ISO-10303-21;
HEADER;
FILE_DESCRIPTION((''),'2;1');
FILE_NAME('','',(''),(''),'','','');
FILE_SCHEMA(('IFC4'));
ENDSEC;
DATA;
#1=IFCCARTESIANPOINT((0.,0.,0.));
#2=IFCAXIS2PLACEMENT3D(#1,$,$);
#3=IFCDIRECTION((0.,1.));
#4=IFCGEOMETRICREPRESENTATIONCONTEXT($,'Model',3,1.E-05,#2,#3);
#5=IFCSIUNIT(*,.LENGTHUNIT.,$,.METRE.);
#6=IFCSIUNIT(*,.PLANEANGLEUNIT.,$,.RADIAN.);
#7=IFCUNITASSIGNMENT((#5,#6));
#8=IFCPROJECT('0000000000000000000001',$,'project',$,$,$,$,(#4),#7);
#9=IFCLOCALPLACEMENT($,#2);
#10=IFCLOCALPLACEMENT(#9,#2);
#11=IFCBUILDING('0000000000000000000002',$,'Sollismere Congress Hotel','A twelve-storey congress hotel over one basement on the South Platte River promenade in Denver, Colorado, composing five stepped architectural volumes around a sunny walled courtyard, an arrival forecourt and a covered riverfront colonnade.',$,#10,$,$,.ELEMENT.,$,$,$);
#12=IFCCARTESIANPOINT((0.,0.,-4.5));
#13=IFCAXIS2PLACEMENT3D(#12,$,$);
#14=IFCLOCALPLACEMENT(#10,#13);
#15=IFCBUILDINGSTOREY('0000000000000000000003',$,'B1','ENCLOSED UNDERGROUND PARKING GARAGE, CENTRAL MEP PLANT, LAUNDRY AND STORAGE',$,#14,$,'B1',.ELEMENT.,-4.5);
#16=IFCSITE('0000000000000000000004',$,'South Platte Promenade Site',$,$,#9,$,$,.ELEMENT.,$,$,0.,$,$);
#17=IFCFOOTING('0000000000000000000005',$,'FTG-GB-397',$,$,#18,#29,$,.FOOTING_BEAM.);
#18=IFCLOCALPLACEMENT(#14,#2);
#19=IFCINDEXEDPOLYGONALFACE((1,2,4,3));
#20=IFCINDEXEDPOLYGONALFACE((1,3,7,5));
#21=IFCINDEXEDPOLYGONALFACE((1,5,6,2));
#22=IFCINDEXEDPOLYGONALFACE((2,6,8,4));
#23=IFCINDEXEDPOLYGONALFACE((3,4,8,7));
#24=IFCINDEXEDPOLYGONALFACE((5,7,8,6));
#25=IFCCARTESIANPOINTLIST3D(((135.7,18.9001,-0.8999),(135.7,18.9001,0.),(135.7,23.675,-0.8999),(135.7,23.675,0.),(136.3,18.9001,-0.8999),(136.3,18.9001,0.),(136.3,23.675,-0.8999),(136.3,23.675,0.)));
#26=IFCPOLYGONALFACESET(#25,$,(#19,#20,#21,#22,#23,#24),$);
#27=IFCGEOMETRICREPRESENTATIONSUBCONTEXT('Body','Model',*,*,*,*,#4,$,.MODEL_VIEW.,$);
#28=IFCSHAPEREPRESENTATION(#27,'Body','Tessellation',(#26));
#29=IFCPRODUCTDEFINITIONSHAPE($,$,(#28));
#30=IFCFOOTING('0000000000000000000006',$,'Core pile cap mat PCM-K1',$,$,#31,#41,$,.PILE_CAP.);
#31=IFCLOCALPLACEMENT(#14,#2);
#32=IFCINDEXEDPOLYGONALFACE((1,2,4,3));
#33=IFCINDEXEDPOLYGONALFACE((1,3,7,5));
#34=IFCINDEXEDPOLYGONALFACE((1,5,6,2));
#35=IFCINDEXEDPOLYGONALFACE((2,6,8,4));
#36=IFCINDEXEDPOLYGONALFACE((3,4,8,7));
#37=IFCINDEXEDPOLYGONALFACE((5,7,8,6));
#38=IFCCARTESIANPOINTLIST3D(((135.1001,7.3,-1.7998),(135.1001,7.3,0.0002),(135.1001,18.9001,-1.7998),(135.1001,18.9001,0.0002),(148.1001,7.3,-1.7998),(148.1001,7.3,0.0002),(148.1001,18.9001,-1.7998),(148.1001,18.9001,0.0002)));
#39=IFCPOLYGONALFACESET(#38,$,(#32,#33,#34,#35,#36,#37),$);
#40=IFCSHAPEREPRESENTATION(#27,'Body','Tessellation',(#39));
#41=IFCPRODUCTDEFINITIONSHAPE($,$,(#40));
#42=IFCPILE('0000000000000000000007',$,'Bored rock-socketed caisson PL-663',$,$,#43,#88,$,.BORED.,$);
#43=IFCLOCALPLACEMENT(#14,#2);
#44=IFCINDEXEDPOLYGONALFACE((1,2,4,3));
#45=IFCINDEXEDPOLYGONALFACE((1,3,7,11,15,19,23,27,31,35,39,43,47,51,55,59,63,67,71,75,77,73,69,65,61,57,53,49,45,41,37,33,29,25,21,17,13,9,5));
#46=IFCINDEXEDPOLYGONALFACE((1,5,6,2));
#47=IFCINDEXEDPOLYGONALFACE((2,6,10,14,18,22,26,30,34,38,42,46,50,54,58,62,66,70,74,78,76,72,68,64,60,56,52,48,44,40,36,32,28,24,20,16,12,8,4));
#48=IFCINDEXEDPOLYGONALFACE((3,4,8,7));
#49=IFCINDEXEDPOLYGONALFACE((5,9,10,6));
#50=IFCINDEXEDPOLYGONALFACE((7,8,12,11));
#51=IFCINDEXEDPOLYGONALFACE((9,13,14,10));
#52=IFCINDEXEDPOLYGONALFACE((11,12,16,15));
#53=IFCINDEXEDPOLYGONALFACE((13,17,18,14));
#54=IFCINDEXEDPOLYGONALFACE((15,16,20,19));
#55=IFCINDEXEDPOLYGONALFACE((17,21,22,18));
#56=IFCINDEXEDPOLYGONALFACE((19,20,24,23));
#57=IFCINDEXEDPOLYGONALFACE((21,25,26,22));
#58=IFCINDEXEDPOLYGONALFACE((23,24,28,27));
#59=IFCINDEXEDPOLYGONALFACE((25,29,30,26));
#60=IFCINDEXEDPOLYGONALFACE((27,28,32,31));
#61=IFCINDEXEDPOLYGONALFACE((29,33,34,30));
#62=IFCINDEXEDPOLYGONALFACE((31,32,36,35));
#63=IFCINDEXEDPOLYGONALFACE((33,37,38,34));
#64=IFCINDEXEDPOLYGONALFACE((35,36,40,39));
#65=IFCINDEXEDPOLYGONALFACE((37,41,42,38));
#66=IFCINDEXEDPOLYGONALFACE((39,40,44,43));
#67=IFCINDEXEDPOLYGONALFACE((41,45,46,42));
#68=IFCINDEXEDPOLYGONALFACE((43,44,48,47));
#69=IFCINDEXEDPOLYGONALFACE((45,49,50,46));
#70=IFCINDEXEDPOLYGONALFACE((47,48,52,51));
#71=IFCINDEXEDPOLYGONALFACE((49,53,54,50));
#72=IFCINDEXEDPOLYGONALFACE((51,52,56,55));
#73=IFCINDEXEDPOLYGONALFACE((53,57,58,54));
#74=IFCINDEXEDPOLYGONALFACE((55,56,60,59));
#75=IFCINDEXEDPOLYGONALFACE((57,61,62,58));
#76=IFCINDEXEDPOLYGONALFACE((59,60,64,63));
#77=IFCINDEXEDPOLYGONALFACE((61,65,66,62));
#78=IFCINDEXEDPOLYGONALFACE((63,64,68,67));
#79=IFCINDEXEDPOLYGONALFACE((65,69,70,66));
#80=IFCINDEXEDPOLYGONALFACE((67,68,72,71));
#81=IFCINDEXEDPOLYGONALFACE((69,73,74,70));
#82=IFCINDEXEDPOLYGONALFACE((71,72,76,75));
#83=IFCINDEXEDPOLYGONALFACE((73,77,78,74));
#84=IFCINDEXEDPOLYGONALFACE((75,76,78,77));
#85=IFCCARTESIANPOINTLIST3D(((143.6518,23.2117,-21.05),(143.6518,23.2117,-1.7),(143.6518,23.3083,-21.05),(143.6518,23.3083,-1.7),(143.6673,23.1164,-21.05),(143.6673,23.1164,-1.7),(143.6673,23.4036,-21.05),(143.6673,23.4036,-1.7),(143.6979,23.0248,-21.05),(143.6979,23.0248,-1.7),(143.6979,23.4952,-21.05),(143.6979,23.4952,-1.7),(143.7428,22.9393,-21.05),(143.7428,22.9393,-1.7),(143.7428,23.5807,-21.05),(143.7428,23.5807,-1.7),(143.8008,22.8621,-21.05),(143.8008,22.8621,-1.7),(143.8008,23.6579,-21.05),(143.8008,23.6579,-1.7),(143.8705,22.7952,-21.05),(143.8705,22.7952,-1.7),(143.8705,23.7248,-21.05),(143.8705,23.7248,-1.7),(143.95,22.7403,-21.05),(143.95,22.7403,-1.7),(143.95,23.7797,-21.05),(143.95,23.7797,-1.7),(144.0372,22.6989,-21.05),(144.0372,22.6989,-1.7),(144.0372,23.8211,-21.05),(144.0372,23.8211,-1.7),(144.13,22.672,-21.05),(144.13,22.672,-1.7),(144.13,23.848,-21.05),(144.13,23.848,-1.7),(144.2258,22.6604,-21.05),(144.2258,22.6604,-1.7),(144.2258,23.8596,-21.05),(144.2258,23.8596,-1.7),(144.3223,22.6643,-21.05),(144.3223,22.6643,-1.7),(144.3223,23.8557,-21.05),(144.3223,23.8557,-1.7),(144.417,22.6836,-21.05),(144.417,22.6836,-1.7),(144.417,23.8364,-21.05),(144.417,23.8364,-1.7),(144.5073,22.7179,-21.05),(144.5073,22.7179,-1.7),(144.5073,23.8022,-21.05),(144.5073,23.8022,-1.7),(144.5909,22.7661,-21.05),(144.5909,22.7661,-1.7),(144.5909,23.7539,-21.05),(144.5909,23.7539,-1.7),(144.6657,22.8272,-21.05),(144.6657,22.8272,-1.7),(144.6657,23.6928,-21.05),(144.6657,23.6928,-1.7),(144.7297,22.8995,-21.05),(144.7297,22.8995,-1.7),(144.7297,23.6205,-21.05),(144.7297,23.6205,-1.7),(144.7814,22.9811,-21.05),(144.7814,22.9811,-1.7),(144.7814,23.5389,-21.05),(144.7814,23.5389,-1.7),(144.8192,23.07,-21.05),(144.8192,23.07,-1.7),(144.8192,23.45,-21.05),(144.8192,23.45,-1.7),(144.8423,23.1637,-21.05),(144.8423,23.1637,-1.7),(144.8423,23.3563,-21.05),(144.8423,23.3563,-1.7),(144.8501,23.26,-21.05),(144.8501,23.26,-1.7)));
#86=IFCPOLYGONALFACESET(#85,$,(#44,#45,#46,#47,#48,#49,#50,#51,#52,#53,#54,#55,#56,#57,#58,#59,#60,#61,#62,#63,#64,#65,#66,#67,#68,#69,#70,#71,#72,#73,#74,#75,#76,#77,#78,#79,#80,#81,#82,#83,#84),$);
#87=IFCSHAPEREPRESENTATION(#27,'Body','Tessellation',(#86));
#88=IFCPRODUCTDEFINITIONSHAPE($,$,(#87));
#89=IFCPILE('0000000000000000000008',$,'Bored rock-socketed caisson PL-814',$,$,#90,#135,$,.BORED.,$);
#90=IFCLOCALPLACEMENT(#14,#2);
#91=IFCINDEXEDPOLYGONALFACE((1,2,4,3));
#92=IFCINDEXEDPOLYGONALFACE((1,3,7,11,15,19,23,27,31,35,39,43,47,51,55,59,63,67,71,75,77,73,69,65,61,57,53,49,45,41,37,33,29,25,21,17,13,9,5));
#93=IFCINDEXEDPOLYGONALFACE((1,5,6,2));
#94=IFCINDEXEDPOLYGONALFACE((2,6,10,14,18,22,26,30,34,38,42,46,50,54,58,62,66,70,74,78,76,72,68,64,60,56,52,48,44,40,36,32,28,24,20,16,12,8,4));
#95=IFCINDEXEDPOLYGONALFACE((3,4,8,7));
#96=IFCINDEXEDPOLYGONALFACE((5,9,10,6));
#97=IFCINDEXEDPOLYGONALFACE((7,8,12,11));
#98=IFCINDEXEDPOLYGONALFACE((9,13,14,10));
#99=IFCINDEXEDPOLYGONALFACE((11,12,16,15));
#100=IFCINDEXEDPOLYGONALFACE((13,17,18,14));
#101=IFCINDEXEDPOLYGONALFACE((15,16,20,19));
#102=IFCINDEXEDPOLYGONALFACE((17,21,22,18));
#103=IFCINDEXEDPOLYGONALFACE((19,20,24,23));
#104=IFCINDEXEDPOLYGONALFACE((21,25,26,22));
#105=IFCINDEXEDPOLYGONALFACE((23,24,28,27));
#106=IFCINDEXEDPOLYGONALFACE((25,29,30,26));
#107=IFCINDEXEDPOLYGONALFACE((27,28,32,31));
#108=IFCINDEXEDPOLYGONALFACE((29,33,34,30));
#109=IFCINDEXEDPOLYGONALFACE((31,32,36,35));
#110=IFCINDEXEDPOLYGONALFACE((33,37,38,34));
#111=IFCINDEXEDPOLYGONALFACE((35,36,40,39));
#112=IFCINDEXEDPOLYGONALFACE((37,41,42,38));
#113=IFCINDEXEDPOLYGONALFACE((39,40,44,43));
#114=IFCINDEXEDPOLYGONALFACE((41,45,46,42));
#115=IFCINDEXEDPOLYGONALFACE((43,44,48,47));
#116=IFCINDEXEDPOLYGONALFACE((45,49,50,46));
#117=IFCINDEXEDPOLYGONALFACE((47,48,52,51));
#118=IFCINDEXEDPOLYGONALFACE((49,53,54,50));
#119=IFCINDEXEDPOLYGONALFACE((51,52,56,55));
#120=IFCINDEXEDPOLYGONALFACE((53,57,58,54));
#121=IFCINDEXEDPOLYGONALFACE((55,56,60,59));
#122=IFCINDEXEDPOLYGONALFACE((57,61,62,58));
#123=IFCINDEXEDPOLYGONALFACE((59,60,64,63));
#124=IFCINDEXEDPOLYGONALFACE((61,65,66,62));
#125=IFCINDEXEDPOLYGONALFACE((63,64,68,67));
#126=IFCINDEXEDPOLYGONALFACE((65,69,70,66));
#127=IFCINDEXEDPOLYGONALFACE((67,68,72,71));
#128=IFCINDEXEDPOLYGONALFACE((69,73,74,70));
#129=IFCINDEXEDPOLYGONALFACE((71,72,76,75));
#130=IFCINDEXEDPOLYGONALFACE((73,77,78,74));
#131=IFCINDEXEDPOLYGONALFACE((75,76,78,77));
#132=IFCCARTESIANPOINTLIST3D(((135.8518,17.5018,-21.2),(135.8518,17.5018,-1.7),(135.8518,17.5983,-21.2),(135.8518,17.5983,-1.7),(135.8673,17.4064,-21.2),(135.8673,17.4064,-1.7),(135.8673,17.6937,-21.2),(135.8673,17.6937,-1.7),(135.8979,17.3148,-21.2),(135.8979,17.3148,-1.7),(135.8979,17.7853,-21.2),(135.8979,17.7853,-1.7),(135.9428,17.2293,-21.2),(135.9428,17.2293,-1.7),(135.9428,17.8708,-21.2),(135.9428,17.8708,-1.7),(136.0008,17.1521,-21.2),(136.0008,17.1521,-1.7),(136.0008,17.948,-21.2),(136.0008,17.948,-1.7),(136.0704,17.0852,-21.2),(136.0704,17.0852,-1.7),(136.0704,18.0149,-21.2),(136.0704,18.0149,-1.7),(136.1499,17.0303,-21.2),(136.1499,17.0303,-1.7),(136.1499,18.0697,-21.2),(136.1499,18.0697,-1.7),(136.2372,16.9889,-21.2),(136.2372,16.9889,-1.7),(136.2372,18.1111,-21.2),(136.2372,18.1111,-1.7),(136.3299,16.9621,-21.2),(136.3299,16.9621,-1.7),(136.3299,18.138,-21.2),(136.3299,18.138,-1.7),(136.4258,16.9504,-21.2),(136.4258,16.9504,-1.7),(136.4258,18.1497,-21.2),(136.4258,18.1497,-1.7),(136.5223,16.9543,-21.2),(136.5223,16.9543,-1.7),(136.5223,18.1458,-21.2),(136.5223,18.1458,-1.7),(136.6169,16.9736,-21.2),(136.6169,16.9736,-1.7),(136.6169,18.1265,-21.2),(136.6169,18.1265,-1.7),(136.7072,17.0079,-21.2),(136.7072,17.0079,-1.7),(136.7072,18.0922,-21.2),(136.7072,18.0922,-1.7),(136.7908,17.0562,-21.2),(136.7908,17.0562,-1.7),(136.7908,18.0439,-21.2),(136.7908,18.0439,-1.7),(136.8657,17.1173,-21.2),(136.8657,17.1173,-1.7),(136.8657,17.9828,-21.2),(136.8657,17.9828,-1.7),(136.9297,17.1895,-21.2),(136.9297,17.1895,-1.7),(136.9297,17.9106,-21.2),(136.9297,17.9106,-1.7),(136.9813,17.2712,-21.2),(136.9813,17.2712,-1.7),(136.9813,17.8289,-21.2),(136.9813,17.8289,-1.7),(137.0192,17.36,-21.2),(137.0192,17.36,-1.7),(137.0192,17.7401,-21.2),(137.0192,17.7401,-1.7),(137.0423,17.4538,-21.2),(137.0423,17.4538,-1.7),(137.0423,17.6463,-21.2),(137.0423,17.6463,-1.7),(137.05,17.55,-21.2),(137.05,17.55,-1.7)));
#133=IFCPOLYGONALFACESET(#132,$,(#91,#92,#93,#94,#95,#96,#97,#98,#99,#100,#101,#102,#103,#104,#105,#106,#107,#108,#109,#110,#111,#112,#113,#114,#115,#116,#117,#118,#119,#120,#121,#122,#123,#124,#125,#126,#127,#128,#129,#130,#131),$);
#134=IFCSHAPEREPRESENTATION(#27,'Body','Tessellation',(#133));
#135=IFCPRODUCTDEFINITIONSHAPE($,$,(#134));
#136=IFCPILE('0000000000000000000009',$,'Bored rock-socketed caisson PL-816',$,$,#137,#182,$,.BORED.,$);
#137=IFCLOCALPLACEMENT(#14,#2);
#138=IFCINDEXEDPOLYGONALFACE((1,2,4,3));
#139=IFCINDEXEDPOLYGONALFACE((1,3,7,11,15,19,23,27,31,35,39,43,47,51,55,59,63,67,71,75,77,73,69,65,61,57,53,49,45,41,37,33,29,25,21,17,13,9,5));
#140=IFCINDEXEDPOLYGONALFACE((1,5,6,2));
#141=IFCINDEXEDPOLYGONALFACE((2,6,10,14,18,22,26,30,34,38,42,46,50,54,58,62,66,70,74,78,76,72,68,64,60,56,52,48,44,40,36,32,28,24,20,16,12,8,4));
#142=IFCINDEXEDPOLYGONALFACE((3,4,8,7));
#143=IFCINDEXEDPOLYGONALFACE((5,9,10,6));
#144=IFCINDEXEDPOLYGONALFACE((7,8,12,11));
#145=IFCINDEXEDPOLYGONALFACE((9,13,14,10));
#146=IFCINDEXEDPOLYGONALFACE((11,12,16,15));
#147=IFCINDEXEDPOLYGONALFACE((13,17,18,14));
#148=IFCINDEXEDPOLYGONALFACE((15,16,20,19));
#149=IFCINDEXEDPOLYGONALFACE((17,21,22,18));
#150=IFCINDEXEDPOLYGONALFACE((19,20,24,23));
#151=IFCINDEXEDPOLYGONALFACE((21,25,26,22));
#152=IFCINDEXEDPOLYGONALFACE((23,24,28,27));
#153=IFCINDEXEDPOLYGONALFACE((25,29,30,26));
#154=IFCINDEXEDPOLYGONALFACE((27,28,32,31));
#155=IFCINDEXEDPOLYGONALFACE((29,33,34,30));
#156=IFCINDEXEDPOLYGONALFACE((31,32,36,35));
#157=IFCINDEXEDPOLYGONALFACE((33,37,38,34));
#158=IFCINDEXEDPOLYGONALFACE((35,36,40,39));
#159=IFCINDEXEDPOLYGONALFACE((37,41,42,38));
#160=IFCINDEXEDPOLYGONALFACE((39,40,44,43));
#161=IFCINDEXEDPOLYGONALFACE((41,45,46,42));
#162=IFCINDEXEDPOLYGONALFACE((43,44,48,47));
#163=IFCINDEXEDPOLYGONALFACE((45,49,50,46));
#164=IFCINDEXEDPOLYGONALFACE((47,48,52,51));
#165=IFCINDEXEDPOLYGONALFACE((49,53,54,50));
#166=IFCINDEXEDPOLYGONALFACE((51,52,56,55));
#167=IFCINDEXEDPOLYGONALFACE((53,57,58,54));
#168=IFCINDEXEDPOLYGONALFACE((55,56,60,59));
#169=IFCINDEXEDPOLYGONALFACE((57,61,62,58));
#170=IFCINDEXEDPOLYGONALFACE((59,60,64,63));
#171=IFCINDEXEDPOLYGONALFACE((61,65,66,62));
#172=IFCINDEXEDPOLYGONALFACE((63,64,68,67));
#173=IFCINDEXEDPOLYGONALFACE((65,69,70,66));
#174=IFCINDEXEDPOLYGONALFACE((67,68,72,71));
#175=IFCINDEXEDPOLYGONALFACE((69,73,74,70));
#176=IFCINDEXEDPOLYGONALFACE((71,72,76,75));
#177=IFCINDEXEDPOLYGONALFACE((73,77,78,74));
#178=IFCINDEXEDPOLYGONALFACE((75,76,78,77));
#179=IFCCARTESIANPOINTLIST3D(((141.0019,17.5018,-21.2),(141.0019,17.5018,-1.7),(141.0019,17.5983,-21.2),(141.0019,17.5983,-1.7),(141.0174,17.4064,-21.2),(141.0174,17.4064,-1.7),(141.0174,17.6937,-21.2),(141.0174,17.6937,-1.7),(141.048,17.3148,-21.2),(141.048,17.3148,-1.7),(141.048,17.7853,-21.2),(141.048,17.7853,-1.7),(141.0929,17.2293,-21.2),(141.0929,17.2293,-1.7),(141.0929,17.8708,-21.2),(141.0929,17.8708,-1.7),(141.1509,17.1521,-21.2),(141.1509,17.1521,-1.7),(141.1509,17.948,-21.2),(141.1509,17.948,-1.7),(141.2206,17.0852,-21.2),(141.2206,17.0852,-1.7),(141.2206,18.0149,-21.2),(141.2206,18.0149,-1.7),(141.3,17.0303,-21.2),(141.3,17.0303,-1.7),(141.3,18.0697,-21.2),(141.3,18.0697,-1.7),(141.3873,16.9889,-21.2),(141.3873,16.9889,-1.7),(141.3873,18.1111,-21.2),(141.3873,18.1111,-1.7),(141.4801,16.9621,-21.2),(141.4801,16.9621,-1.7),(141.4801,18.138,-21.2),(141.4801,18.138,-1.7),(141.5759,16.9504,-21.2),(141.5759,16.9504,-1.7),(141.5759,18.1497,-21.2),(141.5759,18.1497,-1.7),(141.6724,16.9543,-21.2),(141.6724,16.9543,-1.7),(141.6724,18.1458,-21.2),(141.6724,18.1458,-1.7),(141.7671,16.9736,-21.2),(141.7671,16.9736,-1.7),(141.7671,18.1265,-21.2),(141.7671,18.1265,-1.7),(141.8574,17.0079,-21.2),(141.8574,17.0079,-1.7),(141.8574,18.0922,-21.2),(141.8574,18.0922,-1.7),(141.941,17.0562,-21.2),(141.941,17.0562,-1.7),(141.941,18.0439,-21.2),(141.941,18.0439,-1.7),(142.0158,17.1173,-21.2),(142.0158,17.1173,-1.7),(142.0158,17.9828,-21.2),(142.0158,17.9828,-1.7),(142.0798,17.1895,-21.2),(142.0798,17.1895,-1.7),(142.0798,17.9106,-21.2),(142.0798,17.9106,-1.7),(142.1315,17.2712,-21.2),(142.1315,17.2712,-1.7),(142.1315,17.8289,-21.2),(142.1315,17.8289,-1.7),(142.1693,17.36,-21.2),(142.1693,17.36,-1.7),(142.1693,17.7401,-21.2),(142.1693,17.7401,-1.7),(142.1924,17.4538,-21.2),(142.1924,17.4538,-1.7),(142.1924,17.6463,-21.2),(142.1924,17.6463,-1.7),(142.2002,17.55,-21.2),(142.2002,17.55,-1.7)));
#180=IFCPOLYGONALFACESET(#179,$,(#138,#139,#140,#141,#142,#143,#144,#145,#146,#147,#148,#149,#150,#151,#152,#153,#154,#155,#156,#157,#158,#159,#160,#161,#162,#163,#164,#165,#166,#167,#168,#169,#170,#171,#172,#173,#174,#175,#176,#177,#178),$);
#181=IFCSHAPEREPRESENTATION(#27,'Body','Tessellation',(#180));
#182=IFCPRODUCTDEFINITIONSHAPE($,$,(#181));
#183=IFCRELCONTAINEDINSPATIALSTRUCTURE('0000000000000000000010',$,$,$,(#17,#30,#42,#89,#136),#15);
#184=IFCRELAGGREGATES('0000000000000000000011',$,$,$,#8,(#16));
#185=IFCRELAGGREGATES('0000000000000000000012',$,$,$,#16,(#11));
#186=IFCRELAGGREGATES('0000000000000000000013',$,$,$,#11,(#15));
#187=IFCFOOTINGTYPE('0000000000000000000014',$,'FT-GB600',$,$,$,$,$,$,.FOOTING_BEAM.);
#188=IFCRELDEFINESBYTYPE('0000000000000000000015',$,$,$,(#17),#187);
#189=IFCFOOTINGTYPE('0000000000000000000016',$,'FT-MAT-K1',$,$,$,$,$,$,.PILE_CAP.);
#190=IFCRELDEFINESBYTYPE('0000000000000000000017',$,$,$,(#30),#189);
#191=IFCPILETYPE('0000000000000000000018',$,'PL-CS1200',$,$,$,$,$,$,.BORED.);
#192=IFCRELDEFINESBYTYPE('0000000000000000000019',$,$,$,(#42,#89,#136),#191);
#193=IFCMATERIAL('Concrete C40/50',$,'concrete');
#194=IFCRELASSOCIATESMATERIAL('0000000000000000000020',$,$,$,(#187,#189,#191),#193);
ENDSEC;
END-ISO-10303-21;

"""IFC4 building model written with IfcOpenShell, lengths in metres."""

from ifc_helpers import new_model, si_unit, direction, frame, origin, origin_2d, place, context, subcontext, project, spatial, rectangle, circle, extrude, material, material_profile, profile_set, type_object, element, save


model = new_model("IFC4")

# Units and contexts
model_context = context("Model", 3, precision=1e-05, world=origin(), true_north=direction((0.0, 1.0)))
body_context = subcontext(model_context, "Body", "Model", "MODEL_VIEW")
ifc_project = project(units=[si_unit("LENGTHUNIT", "METRE"), si_unit("PLANEANGLEUNIT", "RADIAN")], contexts=[model_context])

# Site, building, storey
site_placement = place(None, origin())
site = spatial("IfcSite", under=ifc_project, at=site_placement, Name="South Platte Promenade Site", CompositionType="ELEMENT", RefElevation=0.0)
building_placement = place(site_placement, origin())
building = spatial("IfcBuilding", under=site, at=building_placement, Name="Sollismere Congress Hotel", Description="A twelve-storey congress hotel over one basement on the South Platte River promenade in Denver, Colorado, composing five stepped architectural volumes around a sunny walled courtyard, an arrival forecourt and a covered riverfront colonnade.", CompositionType="ELEMENT")
storey_placement = place(building_placement, frame((0.0, 0.0, -4.5)))
storey = spatial("IfcBuildingStorey", under=building, at=storey_placement, Name="B1", Description="ENCLOSED UNDERGROUND PARKING GARAGE, CENTRAL MEP PLANT, LAUNDRY AND STORAGE", LongName="B1", CompositionType="ELEMENT", Elevation=-4.5)

# Footings
ifc_material_1 = material(Name="Concrete C40/50", Category="concrete")
footing_type_1 = type_object("IfcFootingType", Name="FT-GB600", PredefinedType="FOOTING_BEAM", material=ifc_material_1)
footing_1_placement = place(storey_placement, frame((136.0, 21.2876, -0.8999), z_axis=(0.0, 0.0, 1.0), x_axis=(0.0, 1.0, 0.0)))
element("IfcFooting", 1, at=footing_1_placement, inside=storey, type_object=footing_type_1, Name="FTG-GB-397", PredefinedType="FOOTING_BEAM", context=body_context, shape_type="SweptSolid", body=[
    extrude(rectangle(XDim=4.7749, YDim=0.6001, at=origin_2d()), origin(), (0.0, 0.0, 1.0), 0.8999),
])
footing_type_2 = type_object("IfcFootingType", Name="FT-MAT-K1", PredefinedType="PILE_CAP", material=ifc_material_1)
footing_2_placement = place(storey_placement, frame((141.6001, 13.1001, -1.7998), z_axis=(0.0, 0.0, 1.0), x_axis=(1.0, 0.0, 0.0)))
element("IfcFooting", 2, at=footing_2_placement, inside=storey, type_object=footing_type_2, Name="Core pile cap mat PCM-K1", PredefinedType="PILE_CAP", context=body_context, shape_type="SweptSolid", body=[
    extrude(rectangle(XDim=13.0, YDim=11.6001, at=origin_2d()), origin(), (0.0, 0.0, 1.0), 1.8),
])

# Piles
ifc_material_profile = material_profile(ifc_material_1, circle(Radius=0.6001, at=origin_2d()), Name="CAISSON1200")
ifc_profile_set = profile_set([ifc_material_profile], Name="Concrete C40/50")
pile_type = type_object("IfcPileType", Name="PL-CS1200", PredefinedType="BORED", material=ifc_profile_set)
pile_placement = place(storey_placement, frame((144.25, 23.26, -1.7), z_axis=(0.0, 0.0, -1.0), x_axis=(1.0, 0.0, 0.0)))
element("IfcPile", 3, at=pile_placement, inside=storey, type_object=pile_type, Name="Bored rock-socketed caisson PL-663", PredefinedType="BORED", context=body_context, shape_type="SweptSolid", body=[
    extrude(circle(Radius=0.6001, at=origin_2d()), origin(), (0.0, 0.0, 1.0), 19.3501),
])
for number, where, z_axis, x_axis, name in (
    (4, (136.45, 17.55, -1.7), (0.0, 0.0, -1.0), (1.0, 0.0, 0.0), "Bored rock-socketed caisson PL-814"),
    (5, (141.6001, 17.55, -1.7), (0.0, 0.0, -1.0), (1.0, 0.0, 0.0), "Bored rock-socketed caisson PL-816"),
):
    element("IfcPile", number, at=place(storey_placement, frame(where, z_axis=z_axis, x_axis=x_axis)), inside=storey, type_object=pile_type, Name=name, PredefinedType="BORED", context=body_context, shape_type="SweptSolid", body=[
        extrude(circle(Radius=0.6001, at=origin_2d()), origin(), (0.0, 0.0, 1.0), 19.5),
    ])

save(model, "model.ifc")
